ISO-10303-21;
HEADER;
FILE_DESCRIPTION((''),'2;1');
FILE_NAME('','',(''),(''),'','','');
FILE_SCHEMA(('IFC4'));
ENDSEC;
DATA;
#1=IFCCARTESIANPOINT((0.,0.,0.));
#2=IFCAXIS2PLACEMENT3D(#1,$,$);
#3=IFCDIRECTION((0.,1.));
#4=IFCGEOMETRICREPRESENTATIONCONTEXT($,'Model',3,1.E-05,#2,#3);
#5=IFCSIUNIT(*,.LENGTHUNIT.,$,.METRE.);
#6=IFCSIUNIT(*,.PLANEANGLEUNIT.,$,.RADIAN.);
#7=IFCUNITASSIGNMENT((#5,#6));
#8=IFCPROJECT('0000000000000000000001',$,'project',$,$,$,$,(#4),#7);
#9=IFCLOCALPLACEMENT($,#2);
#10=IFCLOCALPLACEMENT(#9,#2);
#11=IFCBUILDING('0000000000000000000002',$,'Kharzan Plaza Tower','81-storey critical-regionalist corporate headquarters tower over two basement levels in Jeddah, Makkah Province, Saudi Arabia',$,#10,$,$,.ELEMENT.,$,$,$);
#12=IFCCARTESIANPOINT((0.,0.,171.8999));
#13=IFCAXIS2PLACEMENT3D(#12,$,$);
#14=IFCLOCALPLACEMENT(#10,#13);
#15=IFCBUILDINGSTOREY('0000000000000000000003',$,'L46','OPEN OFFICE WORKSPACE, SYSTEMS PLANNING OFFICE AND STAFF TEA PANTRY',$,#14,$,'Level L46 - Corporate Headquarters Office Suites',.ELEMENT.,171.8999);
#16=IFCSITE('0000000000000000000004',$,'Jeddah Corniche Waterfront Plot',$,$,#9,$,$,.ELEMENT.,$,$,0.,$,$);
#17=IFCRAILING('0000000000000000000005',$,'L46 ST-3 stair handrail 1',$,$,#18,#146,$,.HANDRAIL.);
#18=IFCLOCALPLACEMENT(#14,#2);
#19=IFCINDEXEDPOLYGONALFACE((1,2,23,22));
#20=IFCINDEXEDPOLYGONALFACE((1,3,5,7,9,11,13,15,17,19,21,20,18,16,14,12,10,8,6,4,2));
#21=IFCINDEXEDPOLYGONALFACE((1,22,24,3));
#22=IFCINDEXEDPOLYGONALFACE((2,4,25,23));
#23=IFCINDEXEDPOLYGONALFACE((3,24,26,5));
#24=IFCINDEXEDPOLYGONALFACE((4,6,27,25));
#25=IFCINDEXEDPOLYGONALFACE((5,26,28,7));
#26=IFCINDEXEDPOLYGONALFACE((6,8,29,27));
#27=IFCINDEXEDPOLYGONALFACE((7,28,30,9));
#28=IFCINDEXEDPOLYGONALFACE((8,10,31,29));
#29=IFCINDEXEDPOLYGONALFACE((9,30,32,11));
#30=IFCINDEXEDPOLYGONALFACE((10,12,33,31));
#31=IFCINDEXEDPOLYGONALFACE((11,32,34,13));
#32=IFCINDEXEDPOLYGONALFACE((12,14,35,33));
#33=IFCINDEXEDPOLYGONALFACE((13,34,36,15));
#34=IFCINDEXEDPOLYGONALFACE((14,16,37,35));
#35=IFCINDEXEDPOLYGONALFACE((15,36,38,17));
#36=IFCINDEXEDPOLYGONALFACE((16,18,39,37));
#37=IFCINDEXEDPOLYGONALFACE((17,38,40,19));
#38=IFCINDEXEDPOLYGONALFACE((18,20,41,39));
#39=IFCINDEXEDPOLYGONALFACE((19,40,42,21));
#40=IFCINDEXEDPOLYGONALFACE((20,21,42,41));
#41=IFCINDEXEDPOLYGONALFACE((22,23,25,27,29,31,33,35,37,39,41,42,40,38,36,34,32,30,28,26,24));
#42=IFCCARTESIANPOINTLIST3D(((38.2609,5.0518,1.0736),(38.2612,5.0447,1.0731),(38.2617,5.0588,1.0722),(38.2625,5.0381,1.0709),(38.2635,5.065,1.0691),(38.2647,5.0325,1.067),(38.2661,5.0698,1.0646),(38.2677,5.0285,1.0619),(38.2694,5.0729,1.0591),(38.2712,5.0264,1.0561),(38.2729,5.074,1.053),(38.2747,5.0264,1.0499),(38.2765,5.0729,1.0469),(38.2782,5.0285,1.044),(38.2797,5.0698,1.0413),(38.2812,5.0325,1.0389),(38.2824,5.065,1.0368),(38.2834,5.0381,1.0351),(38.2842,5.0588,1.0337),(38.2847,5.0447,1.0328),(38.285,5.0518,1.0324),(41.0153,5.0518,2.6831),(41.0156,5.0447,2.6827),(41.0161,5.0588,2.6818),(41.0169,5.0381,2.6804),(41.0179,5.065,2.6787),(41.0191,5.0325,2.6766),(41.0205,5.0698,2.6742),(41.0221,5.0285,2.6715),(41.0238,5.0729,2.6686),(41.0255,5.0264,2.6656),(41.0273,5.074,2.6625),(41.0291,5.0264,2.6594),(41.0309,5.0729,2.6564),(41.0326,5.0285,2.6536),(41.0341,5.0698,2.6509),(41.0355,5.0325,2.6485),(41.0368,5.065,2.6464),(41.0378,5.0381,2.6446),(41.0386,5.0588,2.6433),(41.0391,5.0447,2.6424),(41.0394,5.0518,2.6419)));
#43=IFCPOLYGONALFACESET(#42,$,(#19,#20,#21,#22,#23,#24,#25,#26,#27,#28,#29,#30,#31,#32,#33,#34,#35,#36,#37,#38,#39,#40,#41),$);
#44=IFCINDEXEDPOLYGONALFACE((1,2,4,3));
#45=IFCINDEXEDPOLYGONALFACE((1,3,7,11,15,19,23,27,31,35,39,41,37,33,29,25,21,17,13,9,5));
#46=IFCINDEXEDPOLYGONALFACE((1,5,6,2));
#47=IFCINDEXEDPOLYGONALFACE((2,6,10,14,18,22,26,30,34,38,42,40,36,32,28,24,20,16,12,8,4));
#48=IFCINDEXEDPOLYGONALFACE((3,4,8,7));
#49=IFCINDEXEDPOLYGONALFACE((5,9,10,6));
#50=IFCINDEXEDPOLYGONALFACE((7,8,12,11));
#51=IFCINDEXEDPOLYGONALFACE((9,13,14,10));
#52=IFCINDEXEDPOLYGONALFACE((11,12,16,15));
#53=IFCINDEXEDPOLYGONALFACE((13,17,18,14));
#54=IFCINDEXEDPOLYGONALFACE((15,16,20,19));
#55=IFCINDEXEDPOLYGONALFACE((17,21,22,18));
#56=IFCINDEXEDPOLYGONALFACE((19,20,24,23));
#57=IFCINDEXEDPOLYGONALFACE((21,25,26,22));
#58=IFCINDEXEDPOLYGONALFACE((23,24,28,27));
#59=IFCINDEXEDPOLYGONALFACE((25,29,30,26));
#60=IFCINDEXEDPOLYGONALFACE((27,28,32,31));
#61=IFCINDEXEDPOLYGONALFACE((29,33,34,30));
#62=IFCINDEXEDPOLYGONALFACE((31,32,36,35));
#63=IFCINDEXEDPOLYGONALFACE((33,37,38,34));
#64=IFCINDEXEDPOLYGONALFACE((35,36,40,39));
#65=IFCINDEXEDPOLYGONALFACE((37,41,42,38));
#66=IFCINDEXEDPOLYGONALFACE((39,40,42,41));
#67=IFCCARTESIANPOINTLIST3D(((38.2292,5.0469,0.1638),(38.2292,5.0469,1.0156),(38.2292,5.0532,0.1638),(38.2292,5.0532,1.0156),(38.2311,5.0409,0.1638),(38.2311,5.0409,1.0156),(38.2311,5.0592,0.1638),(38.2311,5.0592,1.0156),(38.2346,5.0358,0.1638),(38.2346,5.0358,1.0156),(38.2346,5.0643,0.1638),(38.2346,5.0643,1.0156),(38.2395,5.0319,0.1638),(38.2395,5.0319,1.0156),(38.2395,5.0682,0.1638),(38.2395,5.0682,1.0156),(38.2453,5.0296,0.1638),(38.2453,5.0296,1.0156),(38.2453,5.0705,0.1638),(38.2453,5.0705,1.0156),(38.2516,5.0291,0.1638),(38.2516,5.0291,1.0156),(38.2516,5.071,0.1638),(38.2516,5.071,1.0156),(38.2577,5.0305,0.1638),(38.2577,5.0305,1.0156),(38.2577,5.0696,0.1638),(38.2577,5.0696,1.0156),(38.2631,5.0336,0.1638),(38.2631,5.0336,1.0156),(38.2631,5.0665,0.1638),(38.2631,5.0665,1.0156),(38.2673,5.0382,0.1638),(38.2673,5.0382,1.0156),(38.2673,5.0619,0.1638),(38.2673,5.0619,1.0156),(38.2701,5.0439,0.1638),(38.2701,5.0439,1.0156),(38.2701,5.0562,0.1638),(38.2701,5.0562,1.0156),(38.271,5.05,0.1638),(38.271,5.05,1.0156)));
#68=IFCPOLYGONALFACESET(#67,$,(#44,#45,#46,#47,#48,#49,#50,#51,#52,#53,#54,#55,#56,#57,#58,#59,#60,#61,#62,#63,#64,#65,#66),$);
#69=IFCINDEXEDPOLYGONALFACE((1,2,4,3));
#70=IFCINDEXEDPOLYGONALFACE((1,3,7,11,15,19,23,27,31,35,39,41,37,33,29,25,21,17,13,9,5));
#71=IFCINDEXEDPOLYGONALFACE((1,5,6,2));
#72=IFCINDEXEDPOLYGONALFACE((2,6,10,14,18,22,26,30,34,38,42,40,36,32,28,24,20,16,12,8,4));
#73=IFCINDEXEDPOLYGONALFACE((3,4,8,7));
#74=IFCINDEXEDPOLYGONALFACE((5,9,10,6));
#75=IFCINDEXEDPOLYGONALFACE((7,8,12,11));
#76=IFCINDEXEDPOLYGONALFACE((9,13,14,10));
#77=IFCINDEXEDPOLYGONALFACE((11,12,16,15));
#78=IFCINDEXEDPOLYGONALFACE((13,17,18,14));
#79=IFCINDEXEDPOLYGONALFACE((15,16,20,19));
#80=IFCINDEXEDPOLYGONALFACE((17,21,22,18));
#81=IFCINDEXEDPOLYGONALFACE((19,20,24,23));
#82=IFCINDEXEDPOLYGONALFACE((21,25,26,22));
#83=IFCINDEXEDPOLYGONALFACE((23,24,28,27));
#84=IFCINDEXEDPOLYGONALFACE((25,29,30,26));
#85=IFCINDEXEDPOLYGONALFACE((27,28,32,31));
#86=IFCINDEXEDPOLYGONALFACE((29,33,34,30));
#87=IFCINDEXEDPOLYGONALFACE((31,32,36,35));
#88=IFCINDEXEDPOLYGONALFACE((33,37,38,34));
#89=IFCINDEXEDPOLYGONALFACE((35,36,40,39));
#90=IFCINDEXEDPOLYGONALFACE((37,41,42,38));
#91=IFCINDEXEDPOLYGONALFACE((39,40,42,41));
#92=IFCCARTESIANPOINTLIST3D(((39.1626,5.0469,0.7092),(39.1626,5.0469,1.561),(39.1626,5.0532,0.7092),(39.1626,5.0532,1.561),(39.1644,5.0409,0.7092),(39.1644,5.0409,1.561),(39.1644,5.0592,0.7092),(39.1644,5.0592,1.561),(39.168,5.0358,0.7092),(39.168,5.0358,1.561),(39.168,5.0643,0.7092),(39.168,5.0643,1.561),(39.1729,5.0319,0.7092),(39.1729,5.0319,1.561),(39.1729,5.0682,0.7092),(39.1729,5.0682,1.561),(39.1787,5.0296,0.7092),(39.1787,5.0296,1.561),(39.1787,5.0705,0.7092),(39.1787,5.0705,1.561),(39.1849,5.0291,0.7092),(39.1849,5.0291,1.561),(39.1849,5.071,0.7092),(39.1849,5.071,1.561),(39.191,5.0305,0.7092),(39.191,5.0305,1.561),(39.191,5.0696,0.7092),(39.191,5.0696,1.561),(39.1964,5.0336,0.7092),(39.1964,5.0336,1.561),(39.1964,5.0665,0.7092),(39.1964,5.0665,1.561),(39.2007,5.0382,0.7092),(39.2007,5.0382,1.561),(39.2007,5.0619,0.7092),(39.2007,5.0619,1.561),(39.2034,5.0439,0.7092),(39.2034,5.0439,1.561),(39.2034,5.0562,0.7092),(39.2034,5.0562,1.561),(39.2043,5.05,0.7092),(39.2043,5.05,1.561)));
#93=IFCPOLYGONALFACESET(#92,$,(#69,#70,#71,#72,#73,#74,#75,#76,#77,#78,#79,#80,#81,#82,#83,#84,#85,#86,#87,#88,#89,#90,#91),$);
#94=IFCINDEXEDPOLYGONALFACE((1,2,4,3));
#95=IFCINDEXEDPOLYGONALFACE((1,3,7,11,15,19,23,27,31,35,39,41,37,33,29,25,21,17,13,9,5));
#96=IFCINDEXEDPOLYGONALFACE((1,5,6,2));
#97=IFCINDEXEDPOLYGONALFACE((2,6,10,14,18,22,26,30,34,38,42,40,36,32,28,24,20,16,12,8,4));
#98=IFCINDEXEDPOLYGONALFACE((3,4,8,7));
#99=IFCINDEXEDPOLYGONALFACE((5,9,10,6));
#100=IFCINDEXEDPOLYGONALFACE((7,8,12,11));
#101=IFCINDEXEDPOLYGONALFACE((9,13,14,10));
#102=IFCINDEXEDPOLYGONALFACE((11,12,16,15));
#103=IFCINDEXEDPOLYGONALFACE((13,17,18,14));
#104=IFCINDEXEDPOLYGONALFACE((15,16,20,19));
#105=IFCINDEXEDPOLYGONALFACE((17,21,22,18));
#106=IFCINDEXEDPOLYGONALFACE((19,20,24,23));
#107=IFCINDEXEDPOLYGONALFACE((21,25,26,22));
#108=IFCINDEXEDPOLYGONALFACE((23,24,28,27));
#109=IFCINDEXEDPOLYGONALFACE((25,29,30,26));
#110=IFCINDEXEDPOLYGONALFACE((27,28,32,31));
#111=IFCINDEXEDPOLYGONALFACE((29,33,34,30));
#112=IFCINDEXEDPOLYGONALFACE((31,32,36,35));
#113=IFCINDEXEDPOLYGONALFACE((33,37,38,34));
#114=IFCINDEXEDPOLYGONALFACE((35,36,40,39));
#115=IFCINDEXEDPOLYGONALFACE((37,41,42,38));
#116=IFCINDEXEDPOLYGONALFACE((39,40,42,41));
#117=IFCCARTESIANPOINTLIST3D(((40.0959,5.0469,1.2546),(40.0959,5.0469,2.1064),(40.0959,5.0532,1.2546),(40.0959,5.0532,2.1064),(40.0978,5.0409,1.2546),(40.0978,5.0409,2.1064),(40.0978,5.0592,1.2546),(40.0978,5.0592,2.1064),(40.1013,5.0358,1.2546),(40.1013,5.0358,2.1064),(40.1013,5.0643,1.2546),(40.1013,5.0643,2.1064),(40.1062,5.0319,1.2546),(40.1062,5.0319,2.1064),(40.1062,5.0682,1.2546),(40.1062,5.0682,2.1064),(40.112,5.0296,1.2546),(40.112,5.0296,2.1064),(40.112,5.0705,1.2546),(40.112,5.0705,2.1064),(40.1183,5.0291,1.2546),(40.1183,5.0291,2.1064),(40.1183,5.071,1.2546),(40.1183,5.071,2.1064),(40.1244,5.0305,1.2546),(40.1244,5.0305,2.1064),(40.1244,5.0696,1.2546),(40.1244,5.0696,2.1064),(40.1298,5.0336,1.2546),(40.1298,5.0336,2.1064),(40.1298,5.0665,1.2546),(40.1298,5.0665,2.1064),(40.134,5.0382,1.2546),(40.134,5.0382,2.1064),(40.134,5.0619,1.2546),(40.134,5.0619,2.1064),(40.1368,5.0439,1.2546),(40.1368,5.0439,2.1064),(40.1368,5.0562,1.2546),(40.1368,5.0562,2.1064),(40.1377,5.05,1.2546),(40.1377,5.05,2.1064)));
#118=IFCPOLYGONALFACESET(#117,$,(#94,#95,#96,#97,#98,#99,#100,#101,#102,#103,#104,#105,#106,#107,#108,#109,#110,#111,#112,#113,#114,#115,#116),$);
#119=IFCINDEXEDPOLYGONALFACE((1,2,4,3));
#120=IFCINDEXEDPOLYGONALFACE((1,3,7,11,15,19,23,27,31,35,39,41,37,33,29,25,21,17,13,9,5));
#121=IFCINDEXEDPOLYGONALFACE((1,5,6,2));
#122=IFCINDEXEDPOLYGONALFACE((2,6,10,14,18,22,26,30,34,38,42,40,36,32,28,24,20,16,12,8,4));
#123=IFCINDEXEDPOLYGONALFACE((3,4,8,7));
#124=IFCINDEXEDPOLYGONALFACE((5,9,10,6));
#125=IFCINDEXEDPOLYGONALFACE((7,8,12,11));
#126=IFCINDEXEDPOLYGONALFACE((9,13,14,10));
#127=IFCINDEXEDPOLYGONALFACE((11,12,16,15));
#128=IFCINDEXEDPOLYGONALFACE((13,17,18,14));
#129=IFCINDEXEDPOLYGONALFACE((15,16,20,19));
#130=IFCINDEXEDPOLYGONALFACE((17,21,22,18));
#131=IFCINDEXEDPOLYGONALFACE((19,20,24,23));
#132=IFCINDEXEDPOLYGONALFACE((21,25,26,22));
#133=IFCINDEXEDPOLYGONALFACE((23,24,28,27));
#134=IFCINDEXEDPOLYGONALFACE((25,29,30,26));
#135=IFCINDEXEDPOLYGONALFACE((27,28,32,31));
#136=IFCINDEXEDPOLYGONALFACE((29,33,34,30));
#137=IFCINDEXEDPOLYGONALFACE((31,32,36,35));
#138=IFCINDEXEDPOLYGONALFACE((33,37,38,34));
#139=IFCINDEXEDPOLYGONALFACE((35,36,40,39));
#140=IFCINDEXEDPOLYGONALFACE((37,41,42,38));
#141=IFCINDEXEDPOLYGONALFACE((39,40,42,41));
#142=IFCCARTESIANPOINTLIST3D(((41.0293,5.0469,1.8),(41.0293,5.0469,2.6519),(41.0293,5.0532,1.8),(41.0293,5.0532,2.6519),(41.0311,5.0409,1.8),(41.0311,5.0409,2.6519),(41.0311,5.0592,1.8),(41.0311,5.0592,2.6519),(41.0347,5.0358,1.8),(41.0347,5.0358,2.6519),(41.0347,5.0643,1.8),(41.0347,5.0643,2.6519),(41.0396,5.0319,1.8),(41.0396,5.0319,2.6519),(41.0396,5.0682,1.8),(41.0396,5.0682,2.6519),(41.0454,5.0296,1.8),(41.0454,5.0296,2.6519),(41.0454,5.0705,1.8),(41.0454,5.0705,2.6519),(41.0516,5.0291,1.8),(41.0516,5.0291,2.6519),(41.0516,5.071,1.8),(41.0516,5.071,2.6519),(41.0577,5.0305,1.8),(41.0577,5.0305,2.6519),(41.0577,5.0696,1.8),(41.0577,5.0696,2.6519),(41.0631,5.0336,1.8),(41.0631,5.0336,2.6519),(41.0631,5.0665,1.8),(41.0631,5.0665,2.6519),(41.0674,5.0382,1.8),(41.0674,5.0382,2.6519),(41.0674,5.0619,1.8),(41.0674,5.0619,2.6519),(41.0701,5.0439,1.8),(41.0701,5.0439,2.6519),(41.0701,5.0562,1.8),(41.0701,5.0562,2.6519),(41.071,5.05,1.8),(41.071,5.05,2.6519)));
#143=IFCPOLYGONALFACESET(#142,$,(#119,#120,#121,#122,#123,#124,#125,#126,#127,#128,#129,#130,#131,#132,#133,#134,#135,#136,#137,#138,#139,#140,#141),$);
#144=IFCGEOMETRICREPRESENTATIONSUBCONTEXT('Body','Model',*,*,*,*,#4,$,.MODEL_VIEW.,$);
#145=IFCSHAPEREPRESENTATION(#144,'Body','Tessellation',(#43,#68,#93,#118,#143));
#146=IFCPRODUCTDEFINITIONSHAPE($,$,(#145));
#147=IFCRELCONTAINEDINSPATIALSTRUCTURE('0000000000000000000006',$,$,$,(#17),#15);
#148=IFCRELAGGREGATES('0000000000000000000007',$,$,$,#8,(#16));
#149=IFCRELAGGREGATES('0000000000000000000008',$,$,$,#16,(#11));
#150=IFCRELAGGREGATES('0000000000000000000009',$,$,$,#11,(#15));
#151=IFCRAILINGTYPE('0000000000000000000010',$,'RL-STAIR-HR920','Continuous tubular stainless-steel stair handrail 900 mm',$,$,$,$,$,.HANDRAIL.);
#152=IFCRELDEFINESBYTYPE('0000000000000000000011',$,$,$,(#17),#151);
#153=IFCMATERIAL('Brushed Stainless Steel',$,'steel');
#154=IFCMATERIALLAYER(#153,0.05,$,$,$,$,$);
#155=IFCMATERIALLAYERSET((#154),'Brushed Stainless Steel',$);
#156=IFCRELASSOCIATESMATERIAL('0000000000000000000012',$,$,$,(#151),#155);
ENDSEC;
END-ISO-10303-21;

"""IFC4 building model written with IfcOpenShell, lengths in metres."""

from ifc_helpers import new_model, si_unit, direction, frame, origin, origin_2d, place, context, subcontext, project, spatial, circle, extrude, source, transform, mapped, material, layer, layer_set, type_object, element, save


model = new_model("IFC4")

# Units and contexts
model_context = context("Model", 3, precision=1e-05, world=origin(), true_north=direction((0.0, 1.0)))
body_context = subcontext(model_context, "Body", "Model", "MODEL_VIEW")
ifc_project = project(units=[si_unit("LENGTHUNIT", "METRE"), si_unit("PLANEANGLEUNIT", "RADIAN")], contexts=[model_context])

# Site, building, storey
site_placement = place(None, origin())
site = spatial("IfcSite", under=ifc_project, at=site_placement, Name="Jeddah Corniche Waterfront Plot", CompositionType="ELEMENT", RefElevation=0.0)
building_placement = place(site_placement, origin())
building = spatial("IfcBuilding", under=site, at=building_placement, Name="Kharzan Plaza Tower", Description="81-storey critical-regionalist corporate headquarters tower over two basement levels in Jeddah, Makkah Province, Saudi Arabia", CompositionType="ELEMENT")
storey_placement = place(building_placement, frame((0.0, 0.0, 171.8999)))
storey = spatial("IfcBuildingStorey", under=building, at=storey_placement, Name="L46", Description="OPEN OFFICE WORKSPACE, SYSTEMS PLANNING OFFICE AND STAFF TEA PANTRY", LongName="Level L46 - Corporate Headquarters Office Suites", CompositionType="ELEMENT", Elevation=171.8999)

# Railing
ifc_material_1 = material(Name="Brushed Stainless Steel", Category="steel")
ifc_layer_1 = layer(ifc_material_1, 0.05)
ifc_layer_set_1 = layer_set([ifc_layer_1], Name="Brushed Stainless Steel")
railing_type_1 = type_object("IfcRailingType", Name="RL-STAIR-HR920", Description="Continuous tubular stainless-steel stair handrail 900 mm", PredefinedType="HANDRAIL", material=ifc_layer_set_1)
shared_shape_1 = source(origin(), body_context, "Body", "SweptSolid", [
    extrude(circle(Radius=0.0239, at=origin_2d()), frame((0.0229, 0.0, 0.8892), z_axis=(0.863394, 0.0, 0.504531), x_axis=(0.0, 1.0, 0.0)), (0.0, 0.0, 1.0), 3.1902),
    extrude(circle(Radius=0.021, at=origin_2d()), origin(), (0.0, 0.0, 1.0), 0.8518),
    extrude(circle(Radius=0.021, at=origin_2d()), frame((0.9333, 0.0, 0.5454)), (0.0, 0.0, 1.0), 0.8518),
    extrude(circle(Radius=0.021, at=origin_2d()), frame((1.8667, 0.0, 1.0908)), (0.0, 0.0, 1.0), 0.8518),
    extrude(circle(Radius=0.021, at=origin_2d()), frame((2.8, 0.0, 1.6362)), (0.0, 0.0, 1.0), 0.8518),
])
railing_1_placement = place(storey_placement, frame((38.25, 5.05, 0.1638)))
element("IfcRailing", 1, at=railing_1_placement, inside=storey, type_object=railing_type_1, Name="L46 ST-3 stair handrail 1", PredefinedType="HANDRAIL", context=body_context, shape_type="MappedRepresentation", body=[
    mapped(shared_shape_1, transform((0.0, 0.0, 0.0), x_axis=(1.0, 0.0, 0.0), y_axis=(0.0, 1.0, 0.0), z_axis=(0.0, 0.0, 1.0))),
])

save(model, "model.ifc")
